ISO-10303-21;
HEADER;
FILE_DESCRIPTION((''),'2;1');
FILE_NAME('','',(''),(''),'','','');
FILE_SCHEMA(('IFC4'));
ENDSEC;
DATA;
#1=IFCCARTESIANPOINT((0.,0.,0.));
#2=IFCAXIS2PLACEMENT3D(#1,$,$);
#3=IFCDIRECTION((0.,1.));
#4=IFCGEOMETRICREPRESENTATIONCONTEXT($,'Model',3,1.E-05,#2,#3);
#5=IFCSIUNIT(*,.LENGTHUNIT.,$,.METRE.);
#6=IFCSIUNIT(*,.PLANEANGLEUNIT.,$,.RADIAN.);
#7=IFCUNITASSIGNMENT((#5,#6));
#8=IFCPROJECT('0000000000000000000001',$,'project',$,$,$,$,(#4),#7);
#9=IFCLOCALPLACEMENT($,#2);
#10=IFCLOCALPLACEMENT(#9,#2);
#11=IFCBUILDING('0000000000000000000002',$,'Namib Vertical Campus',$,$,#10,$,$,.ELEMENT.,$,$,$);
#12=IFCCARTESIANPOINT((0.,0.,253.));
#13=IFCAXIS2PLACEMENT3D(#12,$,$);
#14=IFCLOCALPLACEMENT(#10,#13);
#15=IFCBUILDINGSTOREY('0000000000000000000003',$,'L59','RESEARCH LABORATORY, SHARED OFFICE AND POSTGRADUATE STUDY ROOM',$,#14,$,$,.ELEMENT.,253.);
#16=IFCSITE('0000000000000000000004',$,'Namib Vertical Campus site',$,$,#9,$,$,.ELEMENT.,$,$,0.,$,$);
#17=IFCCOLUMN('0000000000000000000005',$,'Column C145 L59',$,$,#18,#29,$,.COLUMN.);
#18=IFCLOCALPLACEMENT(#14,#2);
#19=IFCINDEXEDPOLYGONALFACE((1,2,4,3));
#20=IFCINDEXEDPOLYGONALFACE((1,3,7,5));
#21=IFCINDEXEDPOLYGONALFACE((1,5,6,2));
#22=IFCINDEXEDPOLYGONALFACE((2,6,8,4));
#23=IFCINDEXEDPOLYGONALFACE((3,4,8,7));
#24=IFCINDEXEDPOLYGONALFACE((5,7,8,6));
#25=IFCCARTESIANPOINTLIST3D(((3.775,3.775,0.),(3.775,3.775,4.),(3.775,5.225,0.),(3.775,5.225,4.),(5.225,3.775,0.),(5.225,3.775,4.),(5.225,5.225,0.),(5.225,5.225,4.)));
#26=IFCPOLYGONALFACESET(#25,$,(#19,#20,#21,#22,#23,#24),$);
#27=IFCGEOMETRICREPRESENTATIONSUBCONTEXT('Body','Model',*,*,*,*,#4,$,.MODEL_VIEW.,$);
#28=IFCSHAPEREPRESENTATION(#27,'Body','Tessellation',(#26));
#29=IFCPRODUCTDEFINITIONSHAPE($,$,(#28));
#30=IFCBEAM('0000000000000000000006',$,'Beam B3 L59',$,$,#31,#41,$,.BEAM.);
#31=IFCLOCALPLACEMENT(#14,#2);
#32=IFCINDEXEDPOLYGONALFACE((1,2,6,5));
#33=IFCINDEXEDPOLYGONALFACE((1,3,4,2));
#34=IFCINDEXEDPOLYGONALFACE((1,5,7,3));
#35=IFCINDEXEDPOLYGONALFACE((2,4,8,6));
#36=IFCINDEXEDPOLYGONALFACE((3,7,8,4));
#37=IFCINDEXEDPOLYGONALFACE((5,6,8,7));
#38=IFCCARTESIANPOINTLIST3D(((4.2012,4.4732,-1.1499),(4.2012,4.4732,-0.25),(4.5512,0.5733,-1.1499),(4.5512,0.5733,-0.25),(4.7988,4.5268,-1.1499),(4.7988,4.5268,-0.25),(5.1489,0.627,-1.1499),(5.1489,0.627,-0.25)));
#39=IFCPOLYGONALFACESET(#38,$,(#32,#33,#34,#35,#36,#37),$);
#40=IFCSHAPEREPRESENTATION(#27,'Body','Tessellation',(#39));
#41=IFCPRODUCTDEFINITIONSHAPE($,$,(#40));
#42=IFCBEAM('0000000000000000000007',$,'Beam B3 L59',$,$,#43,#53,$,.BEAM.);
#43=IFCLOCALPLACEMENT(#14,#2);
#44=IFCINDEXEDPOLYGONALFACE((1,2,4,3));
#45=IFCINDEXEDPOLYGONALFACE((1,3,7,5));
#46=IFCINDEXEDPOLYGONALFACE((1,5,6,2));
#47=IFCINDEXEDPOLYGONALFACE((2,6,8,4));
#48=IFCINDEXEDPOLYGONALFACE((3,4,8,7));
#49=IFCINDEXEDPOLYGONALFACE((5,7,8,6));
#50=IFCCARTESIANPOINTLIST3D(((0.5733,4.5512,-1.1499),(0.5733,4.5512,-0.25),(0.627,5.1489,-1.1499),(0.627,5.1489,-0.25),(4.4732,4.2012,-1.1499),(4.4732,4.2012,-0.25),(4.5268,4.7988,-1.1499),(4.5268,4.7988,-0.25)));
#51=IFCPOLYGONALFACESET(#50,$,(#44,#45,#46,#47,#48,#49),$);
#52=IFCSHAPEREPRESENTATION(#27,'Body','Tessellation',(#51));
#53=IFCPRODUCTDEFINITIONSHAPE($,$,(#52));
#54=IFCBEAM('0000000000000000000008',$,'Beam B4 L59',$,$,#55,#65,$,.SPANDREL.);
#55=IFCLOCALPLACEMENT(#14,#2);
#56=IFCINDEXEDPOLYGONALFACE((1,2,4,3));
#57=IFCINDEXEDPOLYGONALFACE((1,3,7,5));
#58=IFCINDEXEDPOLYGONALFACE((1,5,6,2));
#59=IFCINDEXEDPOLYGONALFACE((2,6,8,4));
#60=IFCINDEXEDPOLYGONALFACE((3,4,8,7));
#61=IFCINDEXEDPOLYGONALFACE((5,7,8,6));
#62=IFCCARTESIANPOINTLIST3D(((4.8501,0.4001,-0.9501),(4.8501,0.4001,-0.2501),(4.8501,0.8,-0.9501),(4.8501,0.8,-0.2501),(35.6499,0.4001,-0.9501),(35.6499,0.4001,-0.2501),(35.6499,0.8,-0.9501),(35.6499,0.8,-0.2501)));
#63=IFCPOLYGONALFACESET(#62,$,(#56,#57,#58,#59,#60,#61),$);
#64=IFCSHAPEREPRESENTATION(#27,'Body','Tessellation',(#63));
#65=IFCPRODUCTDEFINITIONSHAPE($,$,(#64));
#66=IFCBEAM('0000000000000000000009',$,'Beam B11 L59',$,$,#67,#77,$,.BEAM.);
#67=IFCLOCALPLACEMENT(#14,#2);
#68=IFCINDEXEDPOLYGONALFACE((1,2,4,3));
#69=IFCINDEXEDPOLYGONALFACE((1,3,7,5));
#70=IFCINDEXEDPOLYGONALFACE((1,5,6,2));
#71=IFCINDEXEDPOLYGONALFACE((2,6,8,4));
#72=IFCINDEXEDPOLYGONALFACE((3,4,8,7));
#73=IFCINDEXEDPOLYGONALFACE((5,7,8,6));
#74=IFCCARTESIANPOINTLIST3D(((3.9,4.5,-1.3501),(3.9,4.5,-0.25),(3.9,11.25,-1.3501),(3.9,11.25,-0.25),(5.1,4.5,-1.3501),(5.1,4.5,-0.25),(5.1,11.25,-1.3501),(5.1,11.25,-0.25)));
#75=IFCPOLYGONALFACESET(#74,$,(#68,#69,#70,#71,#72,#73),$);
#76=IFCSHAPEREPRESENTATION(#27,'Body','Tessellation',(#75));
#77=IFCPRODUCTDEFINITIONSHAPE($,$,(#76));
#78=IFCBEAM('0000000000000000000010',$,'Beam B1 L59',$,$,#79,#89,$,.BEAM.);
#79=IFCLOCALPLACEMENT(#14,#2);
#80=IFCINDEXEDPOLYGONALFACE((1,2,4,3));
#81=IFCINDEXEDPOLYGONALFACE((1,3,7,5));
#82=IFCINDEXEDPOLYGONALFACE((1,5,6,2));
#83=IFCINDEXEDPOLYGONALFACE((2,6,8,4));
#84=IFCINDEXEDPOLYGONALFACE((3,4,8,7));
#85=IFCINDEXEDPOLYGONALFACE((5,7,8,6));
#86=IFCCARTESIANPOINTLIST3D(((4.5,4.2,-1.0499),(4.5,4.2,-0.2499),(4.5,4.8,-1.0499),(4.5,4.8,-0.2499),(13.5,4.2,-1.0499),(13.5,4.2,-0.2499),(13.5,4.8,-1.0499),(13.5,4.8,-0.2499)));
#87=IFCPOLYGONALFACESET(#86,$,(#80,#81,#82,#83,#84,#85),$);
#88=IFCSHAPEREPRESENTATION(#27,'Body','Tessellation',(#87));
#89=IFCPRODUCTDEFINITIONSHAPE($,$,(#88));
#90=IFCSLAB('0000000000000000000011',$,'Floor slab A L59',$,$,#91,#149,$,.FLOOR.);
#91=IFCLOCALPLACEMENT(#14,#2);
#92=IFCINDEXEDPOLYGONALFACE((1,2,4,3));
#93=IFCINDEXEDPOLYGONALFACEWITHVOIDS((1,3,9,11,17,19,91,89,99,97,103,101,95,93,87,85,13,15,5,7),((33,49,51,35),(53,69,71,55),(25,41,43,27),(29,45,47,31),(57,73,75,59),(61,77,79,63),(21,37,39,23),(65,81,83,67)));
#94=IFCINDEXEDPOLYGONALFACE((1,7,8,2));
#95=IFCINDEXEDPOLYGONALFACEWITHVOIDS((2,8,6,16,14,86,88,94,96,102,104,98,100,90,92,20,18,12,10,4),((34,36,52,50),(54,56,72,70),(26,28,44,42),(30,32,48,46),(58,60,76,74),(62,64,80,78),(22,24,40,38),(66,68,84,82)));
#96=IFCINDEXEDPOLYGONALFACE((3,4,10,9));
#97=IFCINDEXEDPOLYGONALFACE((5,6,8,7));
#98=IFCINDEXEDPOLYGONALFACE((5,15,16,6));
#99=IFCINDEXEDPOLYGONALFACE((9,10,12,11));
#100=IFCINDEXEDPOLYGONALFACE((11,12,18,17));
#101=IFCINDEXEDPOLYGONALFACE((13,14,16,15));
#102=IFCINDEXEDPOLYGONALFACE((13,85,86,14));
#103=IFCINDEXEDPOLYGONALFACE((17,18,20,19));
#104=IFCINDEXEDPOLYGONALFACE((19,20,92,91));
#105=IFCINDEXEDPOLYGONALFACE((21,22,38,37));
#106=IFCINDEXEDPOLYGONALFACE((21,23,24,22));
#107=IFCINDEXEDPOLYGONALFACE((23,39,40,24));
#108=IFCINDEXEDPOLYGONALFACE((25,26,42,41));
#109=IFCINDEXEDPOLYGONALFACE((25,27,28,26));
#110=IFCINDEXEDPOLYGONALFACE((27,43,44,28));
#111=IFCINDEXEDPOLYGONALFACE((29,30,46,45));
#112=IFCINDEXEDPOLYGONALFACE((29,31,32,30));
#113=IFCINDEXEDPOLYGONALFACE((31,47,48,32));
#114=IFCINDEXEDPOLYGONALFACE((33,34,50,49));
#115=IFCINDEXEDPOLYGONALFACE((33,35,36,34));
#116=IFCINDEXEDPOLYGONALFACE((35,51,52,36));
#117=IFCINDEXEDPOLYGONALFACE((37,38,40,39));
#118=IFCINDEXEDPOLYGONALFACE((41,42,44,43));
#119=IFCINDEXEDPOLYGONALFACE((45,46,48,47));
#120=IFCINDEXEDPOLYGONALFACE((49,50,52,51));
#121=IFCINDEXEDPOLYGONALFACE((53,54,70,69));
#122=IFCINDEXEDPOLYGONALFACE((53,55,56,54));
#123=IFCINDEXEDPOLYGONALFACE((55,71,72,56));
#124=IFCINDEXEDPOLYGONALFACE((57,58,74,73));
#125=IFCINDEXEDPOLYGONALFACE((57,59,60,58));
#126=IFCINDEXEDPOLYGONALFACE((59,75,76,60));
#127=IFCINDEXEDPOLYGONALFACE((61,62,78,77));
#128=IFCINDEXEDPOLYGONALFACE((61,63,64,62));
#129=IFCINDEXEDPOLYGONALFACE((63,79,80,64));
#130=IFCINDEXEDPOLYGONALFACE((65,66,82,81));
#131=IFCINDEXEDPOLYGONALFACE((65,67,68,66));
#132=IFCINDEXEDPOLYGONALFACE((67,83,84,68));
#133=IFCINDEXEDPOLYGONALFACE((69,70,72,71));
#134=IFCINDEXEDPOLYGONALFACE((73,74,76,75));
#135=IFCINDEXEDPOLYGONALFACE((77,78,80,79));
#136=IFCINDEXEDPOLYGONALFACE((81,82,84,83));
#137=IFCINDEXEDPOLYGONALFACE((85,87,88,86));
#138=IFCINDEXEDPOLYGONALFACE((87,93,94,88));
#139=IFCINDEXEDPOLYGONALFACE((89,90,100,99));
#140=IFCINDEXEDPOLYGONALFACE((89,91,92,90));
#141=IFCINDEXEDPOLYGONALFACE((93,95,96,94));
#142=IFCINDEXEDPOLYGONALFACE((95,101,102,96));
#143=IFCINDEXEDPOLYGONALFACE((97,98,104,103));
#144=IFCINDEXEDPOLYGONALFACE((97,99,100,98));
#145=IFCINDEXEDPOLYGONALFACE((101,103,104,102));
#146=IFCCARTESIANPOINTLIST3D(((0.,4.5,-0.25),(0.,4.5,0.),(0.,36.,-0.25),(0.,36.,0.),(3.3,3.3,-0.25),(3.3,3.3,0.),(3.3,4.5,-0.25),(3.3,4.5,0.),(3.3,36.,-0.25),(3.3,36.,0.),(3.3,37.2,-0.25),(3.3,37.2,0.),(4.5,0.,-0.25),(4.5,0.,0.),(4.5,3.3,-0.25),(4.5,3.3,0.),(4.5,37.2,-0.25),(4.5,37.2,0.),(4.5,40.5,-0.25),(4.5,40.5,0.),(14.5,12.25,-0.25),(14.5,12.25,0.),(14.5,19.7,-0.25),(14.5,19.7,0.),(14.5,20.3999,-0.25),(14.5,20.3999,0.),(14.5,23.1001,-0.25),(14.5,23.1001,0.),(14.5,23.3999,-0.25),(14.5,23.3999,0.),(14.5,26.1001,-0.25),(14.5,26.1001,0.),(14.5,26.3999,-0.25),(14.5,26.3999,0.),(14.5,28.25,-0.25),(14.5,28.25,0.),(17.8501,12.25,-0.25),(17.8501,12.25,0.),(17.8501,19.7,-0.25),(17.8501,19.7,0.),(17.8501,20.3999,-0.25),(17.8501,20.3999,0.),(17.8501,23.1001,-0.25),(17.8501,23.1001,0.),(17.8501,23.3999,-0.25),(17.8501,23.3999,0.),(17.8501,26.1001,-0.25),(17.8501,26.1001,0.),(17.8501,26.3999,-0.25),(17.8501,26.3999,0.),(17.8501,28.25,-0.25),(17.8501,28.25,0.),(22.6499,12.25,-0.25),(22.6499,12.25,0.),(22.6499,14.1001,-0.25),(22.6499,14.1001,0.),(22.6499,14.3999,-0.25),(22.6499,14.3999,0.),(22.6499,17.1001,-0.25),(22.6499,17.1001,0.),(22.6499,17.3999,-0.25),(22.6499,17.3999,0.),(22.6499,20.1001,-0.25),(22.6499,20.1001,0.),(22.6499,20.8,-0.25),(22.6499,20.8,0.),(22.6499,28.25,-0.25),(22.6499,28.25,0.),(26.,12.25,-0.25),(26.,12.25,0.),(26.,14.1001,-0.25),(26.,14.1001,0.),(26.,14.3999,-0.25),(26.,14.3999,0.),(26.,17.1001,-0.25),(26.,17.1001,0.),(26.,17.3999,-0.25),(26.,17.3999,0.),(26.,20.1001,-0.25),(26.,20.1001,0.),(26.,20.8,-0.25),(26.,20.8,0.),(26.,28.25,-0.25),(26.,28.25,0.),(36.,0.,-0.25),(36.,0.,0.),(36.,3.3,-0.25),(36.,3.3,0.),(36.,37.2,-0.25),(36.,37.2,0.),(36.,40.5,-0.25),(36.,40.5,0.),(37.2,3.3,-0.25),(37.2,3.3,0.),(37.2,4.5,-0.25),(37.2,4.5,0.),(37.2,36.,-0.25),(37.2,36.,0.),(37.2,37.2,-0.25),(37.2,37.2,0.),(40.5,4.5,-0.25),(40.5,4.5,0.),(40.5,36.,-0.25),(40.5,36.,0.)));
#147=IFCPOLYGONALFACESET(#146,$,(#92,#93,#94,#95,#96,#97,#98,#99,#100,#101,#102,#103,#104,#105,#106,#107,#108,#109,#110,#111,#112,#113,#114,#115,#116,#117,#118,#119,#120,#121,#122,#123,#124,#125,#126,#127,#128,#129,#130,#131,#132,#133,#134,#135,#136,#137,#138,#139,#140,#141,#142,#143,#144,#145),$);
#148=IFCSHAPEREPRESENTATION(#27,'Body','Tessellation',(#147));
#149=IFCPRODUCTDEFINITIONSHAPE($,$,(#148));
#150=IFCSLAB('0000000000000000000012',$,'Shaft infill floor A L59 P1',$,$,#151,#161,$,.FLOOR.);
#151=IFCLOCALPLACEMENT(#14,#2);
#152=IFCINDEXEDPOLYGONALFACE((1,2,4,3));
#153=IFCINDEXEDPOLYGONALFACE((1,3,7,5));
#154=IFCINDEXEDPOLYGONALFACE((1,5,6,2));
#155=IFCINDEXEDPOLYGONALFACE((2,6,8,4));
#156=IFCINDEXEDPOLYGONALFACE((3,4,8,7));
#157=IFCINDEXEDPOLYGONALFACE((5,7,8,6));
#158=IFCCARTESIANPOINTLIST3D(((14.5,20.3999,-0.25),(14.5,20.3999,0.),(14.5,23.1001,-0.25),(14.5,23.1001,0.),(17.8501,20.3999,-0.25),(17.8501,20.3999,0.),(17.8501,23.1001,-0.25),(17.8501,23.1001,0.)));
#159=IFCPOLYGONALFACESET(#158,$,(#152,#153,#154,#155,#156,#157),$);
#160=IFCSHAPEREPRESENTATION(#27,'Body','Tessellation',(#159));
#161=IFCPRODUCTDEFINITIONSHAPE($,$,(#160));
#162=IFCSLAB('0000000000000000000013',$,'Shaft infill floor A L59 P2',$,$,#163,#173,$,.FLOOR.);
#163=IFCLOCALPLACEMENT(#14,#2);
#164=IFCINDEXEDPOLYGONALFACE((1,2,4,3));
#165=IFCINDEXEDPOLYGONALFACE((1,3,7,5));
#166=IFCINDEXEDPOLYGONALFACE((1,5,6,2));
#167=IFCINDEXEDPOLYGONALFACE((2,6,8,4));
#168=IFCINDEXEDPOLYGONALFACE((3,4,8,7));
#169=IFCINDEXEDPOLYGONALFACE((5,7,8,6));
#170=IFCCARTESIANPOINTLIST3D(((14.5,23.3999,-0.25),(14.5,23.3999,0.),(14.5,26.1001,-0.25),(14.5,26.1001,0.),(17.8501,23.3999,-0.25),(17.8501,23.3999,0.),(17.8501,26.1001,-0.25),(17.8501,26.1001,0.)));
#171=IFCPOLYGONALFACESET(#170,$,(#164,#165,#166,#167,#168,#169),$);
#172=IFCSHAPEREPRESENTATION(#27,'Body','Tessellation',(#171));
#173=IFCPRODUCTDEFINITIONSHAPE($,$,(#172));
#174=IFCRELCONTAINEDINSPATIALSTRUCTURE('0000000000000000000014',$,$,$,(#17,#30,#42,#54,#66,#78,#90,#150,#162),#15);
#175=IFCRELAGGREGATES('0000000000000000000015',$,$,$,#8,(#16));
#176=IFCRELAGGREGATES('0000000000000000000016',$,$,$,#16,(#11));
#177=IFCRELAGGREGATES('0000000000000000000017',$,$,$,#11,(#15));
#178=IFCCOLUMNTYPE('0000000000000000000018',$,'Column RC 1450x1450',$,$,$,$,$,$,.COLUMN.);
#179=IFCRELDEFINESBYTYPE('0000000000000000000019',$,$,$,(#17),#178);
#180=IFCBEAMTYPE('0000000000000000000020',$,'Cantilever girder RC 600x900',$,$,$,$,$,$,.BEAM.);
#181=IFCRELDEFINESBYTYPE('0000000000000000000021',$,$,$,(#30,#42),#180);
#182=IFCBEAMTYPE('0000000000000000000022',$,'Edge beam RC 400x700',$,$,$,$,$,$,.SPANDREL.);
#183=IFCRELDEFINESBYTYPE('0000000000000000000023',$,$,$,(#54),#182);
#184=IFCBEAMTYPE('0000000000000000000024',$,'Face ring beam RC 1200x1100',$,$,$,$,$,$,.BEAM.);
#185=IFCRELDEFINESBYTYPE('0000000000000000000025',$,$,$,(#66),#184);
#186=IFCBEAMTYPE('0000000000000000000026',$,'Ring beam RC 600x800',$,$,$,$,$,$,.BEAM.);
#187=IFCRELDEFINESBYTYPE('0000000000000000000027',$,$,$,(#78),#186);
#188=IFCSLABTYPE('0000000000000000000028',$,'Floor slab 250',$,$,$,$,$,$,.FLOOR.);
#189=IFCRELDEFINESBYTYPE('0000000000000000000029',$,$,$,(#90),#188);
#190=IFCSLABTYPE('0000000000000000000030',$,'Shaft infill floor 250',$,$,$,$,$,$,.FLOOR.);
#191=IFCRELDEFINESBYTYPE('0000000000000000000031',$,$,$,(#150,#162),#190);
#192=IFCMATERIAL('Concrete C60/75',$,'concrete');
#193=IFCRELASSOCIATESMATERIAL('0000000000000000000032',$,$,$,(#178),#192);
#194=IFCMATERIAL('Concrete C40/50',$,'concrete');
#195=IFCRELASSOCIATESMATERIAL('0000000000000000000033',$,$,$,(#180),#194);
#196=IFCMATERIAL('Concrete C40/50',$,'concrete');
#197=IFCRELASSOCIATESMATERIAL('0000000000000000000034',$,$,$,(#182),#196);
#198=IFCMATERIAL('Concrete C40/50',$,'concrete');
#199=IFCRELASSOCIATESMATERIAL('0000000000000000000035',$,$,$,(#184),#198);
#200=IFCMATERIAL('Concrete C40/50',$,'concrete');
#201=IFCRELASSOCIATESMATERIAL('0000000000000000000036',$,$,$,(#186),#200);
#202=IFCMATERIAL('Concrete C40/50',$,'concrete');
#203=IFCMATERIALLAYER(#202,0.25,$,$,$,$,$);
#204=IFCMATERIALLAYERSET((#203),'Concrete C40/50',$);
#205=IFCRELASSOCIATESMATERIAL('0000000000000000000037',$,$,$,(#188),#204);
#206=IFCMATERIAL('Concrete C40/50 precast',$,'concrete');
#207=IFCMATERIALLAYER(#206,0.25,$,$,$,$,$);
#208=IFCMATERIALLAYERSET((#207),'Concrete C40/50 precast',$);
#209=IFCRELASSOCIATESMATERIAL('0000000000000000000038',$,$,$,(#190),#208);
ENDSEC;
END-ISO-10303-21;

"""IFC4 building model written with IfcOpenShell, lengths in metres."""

from ifc_helpers import new_model, si_unit, direction, frame, origin, origin_2d, place, context, subcontext, project, spatial, polyline, rectangle, outline, extrude, material, layer, layer_set, material_profile, profile_set, type_object, element, save


model = new_model("IFC4")

# Units and contexts
model_context = context("Model", 3, precision=1e-05, world=origin(), true_north=direction((0.0, 1.0)))
body_context = subcontext(model_context, "Body", "Model", "MODEL_VIEW")
ifc_project = project(units=[si_unit("LENGTHUNIT", "METRE"), si_unit("PLANEANGLEUNIT", "RADIAN")], contexts=[model_context])

# Site, building, storey
site_placement = place(None, origin())
site = spatial("IfcSite", under=ifc_project, at=site_placement, Name="Namib Vertical Campus site", CompositionType="ELEMENT", RefElevation=0.0)
building_placement = place(site_placement, origin())
building = spatial("IfcBuilding", under=site, at=building_placement, Name="Namib Vertical Campus", CompositionType="ELEMENT")
storey_placement = place(building_placement, frame((0.0, 0.0, 253.0)))
storey = spatial("IfcBuildingStorey", under=building, at=storey_placement, Name="L59", Description="RESEARCH LABORATORY, SHARED OFFICE AND POSTGRADUATE STUDY ROOM", CompositionType="ELEMENT", Elevation=253.0)

# Column
ifc_material_1 = material(Name="Concrete C60/75", Category="concrete")
ifc_material_profile_1 = material_profile(ifc_material_1, rectangle(XDim=1.45, YDim=1.45, at=origin_2d()))
ifc_profile_set_1 = profile_set([ifc_material_profile_1], Name="Concrete C60/75")
column_type = type_object("IfcColumnType", Name="Column RC 1450x1450", PredefinedType="COLUMN", material=ifc_profile_set_1)
column_placement = place(storey_placement, frame((4.5, 4.5, 0.0), z_axis=(0.0, 0.0, 1.0), x_axis=(1.0, 0.0, 0.0)))
element("IfcColumn", 1, at=column_placement, inside=storey, type_object=column_type, Name="Column C145 L59", PredefinedType="COLUMN", context=body_context, shape_type="SweptSolid", body=[
    extrude(rectangle(XDim=1.45, YDim=1.45, at=origin_2d()), origin(), (0.0, 0.0, 1.0), 4.0),
])

# Beams
ifc_material_2 = material(Name="Concrete C40/50", Category="concrete")
ifc_material_profile_2 = material_profile(ifc_material_2, rectangle(XDim=0.6001, YDim=0.8999, at=origin_2d()))
ifc_profile_set_2 = profile_set([ifc_material_profile_2], Name="Concrete C40/50")
beam_type_1 = type_object("IfcBeamType", Name="Cantilever girder RC 600x900", PredefinedType="BEAM", material=ifc_profile_set_2)
for number, where, z_axis, x_axis, name in (
    (2, (4.5, 4.5, -0.7), (0.089411, -0.995995, 0.0), (0.995995, 0.089411, 0.0), "Beam B3 L59"),
    (3, (4.5, 4.5, -0.7), (-0.995995, 0.089411, 0.0), (-0.089411, -0.995995, 0.0), "Beam B3 L59"),
):
    element("IfcBeam", number, at=place(storey_placement, frame(where, z_axis=z_axis, x_axis=x_axis)), inside=storey, type_object=beam_type_1, Name=name, PredefinedType="BEAM", context=body_context, shape_type="SweptSolid", body=[
        extrude(rectangle(XDim=0.6001, YDim=0.8999, at=origin_2d()), origin(), (0.0, 0.0, 1.0), 3.9155),
    ])
ifc_material_3 = material(Name="Concrete C40/50", Category="concrete")
ifc_material_profile_3 = material_profile(ifc_material_3, rectangle(XDim=0.3999, YDim=0.7, at=origin_2d()))
ifc_profile_set_3 = profile_set([ifc_material_profile_3], Name="Concrete C40/50")
beam_type_2 = type_object("IfcBeamType", Name="Edge beam RC 400x700", PredefinedType="SPANDREL", material=ifc_profile_set_3)
beam_1_placement = place(storey_placement, frame((4.8501, 0.6001, -0.6001), z_axis=(1.0, 0.0, 0.0), x_axis=(0.0, 1.0, 0.0)))
element("IfcBeam", 4, at=beam_1_placement, inside=storey, type_object=beam_type_2, Name="Beam B4 L59", PredefinedType="SPANDREL", context=body_context, shape_type="SweptSolid", body=[
    extrude(rectangle(XDim=0.3999, YDim=0.7, at=origin_2d()), origin(), (0.0, 0.0, 1.0), 30.7998),
])
ifc_material_4 = material(Name="Concrete C40/50", Category="concrete")
ifc_material_profile_4 = material_profile(ifc_material_4, rectangle(XDim=1.2, YDim=1.1001, at=origin_2d()))
ifc_profile_set_4 = profile_set([ifc_material_profile_4], Name="Concrete C40/50")
beam_type_3 = type_object("IfcBeamType", Name="Face ring beam RC 1200x1100", PredefinedType="BEAM", material=ifc_profile_set_4)
beam_2_placement = place(storey_placement, frame((4.5, 4.5, -0.8), z_axis=(0.0, 1.0, 0.0), x_axis=(-1.0, 0.0, 0.0)))
element("IfcBeam", 5, at=beam_2_placement, inside=storey, type_object=beam_type_3, Name="Beam B11 L59", PredefinedType="BEAM", context=body_context, shape_type="SweptSolid", body=[
    extrude(rectangle(XDim=1.2, YDim=1.1001, at=origin_2d()), origin(), (0.0, 0.0, 1.0), 6.75),
])
ifc_material_5 = material(Name="Concrete C40/50", Category="concrete")
ifc_material_profile_5 = material_profile(ifc_material_5, rectangle(XDim=0.6001, YDim=0.8, at=origin_2d()))
ifc_profile_set_5 = profile_set([ifc_material_profile_5], Name="Concrete C40/50")
beam_type_4 = type_object("IfcBeamType", Name="Ring beam RC 600x800", PredefinedType="BEAM", material=ifc_profile_set_5)
beam_3_placement = place(storey_placement, frame((4.5, 4.5, -0.6499), z_axis=(1.0, 0.0, 0.0), x_axis=(0.0, 1.0, 0.0)))
element("IfcBeam", 6, at=beam_3_placement, inside=storey, type_object=beam_type_4, Name="Beam B1 L59", PredefinedType="BEAM", context=body_context, shape_type="SweptSolid", body=[
    extrude(rectangle(XDim=0.6001, YDim=0.8, at=origin_2d()), origin(), (0.0, 0.0, 1.0), 9.0),
])

# Slabs
ifc_material_6 = material(Name="Concrete C40/50", Category="concrete")
ifc_layer_1 = layer(ifc_material_6, 0.25)
ifc_layer_set_1 = layer_set([ifc_layer_1], Name="Concrete C40/50")
slab_type_1 = type_object("IfcSlabType", Name="Floor slab 250", PredefinedType="FLOOR", material=ifc_layer_set_1)
slab_1_placement = place(storey_placement, frame((0.0, 0.0, -0.25)))
element("IfcSlab", 7, at=slab_1_placement, inside=storey, type_object=slab_type_1, Name="Floor slab A L59", PredefinedType="FLOOR", context=body_context, shape_type="SweptSolid", body=[
    extrude(outline(polyline([(4.5, 0.0), (36.0, 0.0), (36.0, 3.3), (37.2, 3.3), (37.2, 4.5), (40.5, 4.5), (40.5, 36.0), (37.2, 36.0), (37.2, 37.2), (36.0, 37.2), (36.0, 40.5), (4.5, 40.5), (4.5, 37.2), (3.3, 37.2), (3.3, 36.0), (0.0, 36.0), (0.0, 4.5), (3.3, 4.5), (3.3, 3.3), (4.5, 3.3), (4.5, 0.0)]), holes=[polyline([(14.5, 12.25), (17.8501, 12.25), (17.8501, 19.7), (14.5, 19.7), (14.5, 12.25)]), polyline([(22.6499, 20.8), (26.0, 20.8), (26.0, 28.25), (22.6499, 28.25), (22.6499, 20.8)]), polyline([(22.6499, 12.25), (26.0, 12.25), (26.0, 14.1001), (22.6499, 14.1001), (22.6499, 12.25)]), polyline([(14.5, 20.3999), (17.8501, 20.3999), (17.8501, 23.1001), (14.5, 23.1001), (14.5, 20.3999)]), polyline([(14.5, 23.3999), (17.8501, 23.3999), (17.8501, 26.1001), (14.5, 26.1001), (14.5, 23.3999)]), polyline([(14.5, 26.3999), (17.8501, 26.3999), (17.8501, 28.25), (14.5, 28.25), (14.5, 26.3999)]), polyline([(22.6499, 14.3999), (26.0, 14.3999), (26.0, 17.1001), (22.6499, 17.1001), (22.6499, 14.3999)]), polyline([(22.6499, 17.3999), (26.0, 17.3999), (26.0, 20.1001), (22.6499, 20.1001), (22.6499, 17.3999)])]), origin(), (0.0, 0.0, 1.0), 0.25),
])
ifc_material_7 = material(Name="Concrete C40/50 precast", Category="concrete")
ifc_layer_2 = layer(ifc_material_7, 0.25)
ifc_layer_set_2 = layer_set([ifc_layer_2], Name="Concrete C40/50 precast")
slab_type_2 = type_object("IfcSlabType", Name="Shaft infill floor 250", PredefinedType="FLOOR", material=ifc_layer_set_2)
slab_2_placement = place(storey_placement, frame((0.0, 0.0, -0.25)))
element("IfcSlab", 8, at=slab_2_placement, inside=storey, type_object=slab_type_2, Name="Shaft infill floor A L59 P1", PredefinedType="FLOOR", context=body_context, shape_type="SweptSolid", body=[
    extrude(outline(polyline([(14.5, 20.3999), (17.8501, 20.3999), (17.8501, 23.1001), (14.5, 23.1001), (14.5, 20.3999)])), origin(), (0.0, 0.0, 1.0), 0.25),
])
slab_3_placement = place(storey_placement, frame((0.0, 0.0, -0.25)))
element("IfcSlab", 9, at=slab_3_placement, inside=storey, type_object=slab_type_2, Name="Shaft infill floor A L59 P2", PredefinedType="FLOOR", context=body_context, shape_type="SweptSolid", body=[
    extrude(outline(polyline([(14.5, 23.3999), (17.8501, 23.3999), (17.8501, 26.1001), (14.5, 26.1001), (14.5, 23.3999)])), origin(), (0.0, 0.0, 1.0), 0.25),
])

save(model, "model.ifc")
